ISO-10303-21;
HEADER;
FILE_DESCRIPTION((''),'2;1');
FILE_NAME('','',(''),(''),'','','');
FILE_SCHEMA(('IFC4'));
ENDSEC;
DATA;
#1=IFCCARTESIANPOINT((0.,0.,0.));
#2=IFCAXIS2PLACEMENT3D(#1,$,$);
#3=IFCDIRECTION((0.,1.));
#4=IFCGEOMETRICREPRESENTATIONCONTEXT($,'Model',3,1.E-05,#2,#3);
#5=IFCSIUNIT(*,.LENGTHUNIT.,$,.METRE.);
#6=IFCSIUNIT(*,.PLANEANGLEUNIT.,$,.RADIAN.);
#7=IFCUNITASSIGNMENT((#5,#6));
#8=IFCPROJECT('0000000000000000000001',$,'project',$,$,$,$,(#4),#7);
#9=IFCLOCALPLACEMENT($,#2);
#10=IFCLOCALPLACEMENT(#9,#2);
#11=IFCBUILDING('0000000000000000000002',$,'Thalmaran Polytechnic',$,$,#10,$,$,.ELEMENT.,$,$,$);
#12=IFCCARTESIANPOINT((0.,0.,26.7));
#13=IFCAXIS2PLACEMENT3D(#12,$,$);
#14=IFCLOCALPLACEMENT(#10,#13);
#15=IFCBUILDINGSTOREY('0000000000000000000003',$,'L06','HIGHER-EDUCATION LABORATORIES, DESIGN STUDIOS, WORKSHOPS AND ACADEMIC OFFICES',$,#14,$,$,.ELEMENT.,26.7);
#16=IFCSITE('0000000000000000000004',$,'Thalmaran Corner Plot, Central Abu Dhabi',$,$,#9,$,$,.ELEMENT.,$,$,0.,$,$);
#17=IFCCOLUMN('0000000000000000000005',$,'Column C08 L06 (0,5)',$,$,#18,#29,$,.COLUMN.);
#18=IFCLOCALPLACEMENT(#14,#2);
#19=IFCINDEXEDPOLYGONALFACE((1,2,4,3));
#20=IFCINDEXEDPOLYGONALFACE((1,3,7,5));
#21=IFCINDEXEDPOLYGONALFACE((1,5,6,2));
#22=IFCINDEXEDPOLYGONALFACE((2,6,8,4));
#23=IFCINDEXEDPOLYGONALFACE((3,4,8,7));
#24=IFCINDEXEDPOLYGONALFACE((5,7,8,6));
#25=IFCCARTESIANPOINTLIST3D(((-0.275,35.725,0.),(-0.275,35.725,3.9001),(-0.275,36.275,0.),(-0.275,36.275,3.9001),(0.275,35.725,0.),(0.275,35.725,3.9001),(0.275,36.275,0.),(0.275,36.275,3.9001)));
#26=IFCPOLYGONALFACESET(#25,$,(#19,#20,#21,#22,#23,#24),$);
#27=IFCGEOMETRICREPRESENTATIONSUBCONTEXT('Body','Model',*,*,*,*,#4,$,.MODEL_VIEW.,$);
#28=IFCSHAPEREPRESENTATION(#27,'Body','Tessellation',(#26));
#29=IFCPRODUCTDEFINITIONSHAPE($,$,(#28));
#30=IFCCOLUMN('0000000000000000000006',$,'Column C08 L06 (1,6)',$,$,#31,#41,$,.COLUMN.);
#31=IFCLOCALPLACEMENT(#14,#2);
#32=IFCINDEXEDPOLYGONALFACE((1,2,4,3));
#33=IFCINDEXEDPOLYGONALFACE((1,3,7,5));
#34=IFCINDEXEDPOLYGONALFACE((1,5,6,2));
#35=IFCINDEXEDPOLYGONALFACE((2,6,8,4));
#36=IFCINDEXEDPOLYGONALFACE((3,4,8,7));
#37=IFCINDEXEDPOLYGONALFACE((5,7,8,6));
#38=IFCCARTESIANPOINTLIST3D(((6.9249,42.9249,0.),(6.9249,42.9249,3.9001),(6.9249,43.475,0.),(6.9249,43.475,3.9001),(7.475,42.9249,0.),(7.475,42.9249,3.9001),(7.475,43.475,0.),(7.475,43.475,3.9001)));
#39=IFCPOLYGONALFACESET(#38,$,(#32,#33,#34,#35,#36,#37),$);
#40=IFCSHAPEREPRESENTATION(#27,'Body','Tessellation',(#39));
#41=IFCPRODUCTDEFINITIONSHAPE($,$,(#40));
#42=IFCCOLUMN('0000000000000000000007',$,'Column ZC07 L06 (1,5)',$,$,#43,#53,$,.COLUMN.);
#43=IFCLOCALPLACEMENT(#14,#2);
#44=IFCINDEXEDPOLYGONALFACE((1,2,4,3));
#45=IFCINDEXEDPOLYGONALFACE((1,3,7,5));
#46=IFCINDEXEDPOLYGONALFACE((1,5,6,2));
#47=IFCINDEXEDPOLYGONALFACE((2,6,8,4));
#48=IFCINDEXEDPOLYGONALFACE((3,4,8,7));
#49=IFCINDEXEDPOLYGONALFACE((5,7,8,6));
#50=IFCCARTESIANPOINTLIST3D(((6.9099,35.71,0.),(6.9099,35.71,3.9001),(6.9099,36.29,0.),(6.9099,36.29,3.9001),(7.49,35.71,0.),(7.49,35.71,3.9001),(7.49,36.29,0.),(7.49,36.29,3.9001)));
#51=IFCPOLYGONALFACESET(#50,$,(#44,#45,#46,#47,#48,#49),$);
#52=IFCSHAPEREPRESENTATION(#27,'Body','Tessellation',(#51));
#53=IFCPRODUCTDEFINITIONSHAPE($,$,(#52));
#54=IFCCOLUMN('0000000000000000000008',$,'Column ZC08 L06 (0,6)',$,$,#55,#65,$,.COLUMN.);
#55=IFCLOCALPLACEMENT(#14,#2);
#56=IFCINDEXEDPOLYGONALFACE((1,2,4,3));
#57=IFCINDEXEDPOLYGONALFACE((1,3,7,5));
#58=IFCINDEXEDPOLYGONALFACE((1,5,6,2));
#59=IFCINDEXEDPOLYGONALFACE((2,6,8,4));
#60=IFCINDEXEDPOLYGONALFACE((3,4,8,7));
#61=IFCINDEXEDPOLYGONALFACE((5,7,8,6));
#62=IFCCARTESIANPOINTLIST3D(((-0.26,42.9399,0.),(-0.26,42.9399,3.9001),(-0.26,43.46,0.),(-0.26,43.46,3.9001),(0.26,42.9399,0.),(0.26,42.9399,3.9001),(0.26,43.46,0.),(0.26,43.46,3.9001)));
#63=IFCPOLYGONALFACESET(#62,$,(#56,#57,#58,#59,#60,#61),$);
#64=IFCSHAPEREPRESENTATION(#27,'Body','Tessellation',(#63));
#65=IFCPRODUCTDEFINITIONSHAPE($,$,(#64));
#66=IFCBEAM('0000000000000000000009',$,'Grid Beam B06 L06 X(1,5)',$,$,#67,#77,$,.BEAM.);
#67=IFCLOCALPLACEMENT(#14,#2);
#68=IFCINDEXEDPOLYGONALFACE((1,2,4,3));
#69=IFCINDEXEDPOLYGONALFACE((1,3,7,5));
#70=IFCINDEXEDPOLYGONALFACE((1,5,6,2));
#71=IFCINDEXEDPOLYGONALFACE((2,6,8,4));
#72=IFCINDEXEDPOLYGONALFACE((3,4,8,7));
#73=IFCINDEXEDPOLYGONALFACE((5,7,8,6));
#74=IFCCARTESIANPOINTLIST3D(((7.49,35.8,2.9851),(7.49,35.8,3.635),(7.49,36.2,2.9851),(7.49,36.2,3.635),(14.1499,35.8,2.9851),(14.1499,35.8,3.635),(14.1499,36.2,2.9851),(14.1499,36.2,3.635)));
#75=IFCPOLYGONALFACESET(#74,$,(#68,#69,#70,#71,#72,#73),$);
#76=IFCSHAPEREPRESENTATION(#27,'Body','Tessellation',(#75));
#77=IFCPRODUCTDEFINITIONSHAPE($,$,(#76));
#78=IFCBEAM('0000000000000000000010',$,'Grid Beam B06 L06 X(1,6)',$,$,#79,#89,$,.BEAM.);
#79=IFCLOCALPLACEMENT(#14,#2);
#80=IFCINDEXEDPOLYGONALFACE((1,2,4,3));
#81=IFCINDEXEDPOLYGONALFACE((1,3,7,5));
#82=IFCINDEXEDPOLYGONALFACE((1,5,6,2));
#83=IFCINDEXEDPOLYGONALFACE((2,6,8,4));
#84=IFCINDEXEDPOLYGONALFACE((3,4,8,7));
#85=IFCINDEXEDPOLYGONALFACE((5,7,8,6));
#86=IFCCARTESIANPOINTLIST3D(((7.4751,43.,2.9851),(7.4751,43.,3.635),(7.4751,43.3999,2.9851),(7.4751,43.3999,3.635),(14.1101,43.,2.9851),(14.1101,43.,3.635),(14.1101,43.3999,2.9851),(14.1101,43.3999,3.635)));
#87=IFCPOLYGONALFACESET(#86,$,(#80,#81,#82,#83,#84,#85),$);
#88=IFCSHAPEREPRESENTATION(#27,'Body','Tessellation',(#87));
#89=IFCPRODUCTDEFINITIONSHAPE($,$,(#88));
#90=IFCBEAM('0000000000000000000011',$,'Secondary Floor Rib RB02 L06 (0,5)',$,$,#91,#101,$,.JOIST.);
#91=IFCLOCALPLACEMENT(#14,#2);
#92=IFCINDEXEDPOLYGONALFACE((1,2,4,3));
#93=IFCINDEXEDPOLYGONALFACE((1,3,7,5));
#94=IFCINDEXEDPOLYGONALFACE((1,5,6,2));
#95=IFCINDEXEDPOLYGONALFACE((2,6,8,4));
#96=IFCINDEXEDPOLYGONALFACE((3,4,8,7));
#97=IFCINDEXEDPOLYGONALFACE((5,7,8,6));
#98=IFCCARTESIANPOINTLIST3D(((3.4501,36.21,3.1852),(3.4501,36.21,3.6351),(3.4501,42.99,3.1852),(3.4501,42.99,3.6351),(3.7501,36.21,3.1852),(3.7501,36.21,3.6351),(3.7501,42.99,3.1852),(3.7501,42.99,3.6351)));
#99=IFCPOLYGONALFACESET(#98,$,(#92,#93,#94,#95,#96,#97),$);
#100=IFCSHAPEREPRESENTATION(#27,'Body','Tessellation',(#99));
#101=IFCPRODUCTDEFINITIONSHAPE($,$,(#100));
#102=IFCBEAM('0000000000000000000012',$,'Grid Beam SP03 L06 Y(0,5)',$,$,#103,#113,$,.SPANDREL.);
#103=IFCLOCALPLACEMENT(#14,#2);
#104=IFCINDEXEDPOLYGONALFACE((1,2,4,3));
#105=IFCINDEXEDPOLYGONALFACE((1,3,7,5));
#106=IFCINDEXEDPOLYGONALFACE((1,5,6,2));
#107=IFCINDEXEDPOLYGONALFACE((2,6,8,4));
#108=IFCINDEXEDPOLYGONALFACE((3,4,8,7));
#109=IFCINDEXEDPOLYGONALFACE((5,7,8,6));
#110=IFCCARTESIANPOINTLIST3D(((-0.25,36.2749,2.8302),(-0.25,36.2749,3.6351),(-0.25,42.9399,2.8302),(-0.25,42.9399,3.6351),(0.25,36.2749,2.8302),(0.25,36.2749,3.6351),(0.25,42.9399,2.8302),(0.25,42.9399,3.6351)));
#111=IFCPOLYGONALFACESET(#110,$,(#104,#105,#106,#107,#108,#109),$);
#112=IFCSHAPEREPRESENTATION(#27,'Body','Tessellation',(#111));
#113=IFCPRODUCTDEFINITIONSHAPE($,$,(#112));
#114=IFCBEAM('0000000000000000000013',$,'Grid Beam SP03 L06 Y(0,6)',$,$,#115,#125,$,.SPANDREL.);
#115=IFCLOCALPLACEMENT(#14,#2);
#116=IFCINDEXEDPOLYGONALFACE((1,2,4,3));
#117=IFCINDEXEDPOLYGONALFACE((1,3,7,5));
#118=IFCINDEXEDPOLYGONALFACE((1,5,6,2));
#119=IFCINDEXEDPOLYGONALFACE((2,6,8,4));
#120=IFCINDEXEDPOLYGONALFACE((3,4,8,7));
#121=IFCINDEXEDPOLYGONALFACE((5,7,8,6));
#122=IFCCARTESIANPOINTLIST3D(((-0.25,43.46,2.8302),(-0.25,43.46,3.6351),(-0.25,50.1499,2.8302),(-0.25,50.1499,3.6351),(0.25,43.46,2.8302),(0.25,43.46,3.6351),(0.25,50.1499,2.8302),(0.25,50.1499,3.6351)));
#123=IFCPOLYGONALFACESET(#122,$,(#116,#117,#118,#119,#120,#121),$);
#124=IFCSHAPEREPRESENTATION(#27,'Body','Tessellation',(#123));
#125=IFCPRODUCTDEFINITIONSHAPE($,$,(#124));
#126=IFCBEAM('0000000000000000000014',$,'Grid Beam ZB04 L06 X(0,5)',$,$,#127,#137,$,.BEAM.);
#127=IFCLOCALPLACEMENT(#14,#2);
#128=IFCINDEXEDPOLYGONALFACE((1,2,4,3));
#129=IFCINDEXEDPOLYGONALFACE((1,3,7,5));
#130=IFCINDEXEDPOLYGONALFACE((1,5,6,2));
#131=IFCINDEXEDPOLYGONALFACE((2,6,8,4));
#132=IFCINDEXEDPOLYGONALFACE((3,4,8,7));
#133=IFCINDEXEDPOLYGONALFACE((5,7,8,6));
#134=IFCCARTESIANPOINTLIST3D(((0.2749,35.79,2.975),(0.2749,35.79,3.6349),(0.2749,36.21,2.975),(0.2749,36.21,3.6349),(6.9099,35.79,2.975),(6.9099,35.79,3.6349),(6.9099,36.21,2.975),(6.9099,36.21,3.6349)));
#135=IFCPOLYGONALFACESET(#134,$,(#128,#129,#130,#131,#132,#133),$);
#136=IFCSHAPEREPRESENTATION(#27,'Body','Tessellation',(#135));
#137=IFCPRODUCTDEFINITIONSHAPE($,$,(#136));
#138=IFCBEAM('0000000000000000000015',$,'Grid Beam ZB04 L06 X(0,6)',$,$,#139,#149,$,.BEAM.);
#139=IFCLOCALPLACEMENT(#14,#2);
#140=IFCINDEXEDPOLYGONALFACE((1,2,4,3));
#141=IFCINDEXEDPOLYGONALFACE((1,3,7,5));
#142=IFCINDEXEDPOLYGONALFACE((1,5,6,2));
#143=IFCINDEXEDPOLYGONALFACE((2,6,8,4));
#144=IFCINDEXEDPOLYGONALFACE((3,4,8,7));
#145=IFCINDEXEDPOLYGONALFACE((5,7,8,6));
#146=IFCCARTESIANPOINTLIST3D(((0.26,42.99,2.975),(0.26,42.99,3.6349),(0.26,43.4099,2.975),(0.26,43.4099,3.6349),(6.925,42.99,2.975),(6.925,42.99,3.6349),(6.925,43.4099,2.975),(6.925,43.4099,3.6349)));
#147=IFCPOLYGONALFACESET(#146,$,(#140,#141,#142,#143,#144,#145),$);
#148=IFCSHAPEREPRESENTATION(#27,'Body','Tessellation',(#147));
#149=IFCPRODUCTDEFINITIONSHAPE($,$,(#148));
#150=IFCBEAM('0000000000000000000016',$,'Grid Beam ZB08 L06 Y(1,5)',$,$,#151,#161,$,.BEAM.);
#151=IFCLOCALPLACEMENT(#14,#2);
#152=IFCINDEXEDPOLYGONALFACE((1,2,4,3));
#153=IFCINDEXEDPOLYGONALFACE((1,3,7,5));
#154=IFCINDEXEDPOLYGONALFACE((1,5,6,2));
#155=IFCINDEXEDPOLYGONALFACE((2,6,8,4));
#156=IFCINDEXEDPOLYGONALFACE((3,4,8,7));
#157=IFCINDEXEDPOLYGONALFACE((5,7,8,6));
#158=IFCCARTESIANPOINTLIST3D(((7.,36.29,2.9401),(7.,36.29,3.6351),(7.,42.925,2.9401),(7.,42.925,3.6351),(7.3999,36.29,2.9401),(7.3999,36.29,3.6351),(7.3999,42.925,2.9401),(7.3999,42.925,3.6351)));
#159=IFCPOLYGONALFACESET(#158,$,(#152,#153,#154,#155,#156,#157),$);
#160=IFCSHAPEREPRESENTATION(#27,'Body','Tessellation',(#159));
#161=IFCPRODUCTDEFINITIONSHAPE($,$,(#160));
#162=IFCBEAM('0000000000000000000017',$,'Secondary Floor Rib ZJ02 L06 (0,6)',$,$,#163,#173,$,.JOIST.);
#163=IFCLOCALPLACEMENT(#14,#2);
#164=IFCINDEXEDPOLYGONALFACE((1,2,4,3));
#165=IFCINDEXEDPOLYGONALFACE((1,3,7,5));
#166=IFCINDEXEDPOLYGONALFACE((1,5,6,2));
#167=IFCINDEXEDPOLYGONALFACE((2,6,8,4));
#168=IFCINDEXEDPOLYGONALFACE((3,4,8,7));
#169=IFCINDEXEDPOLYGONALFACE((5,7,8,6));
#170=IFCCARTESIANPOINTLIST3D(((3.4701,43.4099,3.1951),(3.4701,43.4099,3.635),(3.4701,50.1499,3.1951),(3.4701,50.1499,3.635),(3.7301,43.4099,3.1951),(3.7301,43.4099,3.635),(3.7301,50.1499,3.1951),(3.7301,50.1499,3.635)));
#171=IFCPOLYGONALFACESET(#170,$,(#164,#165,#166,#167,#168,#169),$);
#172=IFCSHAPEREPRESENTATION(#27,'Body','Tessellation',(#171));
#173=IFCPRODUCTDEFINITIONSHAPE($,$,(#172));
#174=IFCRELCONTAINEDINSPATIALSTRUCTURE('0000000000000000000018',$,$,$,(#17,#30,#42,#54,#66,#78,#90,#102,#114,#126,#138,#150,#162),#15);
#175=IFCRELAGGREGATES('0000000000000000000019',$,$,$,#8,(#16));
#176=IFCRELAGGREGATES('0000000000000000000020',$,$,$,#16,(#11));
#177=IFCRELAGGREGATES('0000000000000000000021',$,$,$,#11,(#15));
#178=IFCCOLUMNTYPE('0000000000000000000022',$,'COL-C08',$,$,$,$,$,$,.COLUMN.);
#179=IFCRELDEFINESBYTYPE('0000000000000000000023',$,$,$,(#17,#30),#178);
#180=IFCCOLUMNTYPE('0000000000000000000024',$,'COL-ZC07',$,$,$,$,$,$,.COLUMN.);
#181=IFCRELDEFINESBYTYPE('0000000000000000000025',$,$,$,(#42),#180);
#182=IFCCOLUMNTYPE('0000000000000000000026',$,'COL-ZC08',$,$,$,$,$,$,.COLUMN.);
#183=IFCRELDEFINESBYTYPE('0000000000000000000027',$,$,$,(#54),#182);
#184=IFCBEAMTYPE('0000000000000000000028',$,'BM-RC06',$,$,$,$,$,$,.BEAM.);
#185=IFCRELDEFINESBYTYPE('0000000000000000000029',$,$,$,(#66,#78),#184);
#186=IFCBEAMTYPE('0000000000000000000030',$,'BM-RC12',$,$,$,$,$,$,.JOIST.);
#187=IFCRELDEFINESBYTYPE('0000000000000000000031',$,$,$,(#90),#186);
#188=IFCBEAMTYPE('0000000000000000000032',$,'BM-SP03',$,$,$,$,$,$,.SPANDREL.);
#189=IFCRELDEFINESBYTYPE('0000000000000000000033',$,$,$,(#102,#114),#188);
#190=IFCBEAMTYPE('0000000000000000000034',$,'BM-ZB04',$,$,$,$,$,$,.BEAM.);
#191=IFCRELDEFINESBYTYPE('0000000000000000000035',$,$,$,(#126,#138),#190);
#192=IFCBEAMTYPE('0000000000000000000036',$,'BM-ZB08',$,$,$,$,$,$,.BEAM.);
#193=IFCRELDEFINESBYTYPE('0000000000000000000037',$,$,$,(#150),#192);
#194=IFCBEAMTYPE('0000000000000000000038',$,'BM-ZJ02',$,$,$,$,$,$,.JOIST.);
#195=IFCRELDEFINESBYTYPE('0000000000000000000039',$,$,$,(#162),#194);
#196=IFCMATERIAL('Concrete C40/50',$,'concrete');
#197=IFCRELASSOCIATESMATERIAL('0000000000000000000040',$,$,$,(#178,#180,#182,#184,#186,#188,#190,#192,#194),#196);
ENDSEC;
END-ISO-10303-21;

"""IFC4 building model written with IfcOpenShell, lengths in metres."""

from ifc_helpers import new_model, si_unit, direction, frame, origin, origin_2d, place, context, subcontext, project, spatial, rectangle, extrude, material, material_profile, profile_set, type_object, element, save


model = new_model("IFC4")

# Units and contexts
model_context = context("Model", 3, precision=1e-05, world=origin(), true_north=direction((0.0, 1.0)))
body_context = subcontext(model_context, "Body", "Model", "MODEL_VIEW")
ifc_project = project(units=[si_unit("LENGTHUNIT", "METRE"), si_unit("PLANEANGLEUNIT", "RADIAN")], contexts=[model_context])

# Site, building, storey
site_placement = place(None, origin())
site = spatial("IfcSite", under=ifc_project, at=site_placement, Name="Thalmaran Corner Plot, Central Abu Dhabi", CompositionType="ELEMENT", RefElevation=0.0)
building_placement = place(site_placement, origin())
building = spatial("IfcBuilding", under=site, at=building_placement, Name="Thalmaran Polytechnic", CompositionType="ELEMENT")
storey_placement = place(building_placement, frame((0.0, 0.0, 26.7)))
storey = spatial("IfcBuildingStorey", under=building, at=storey_placement, Name="L06", Description="HIGHER-EDUCATION LABORATORIES, DESIGN STUDIOS, WORKSHOPS AND ACADEMIC OFFICES", CompositionType="ELEMENT", Elevation=26.7)

# Columns
ifc_material_1 = material(Name="Concrete C40/50", Category="concrete")
ifc_material_profile_1 = material_profile(ifc_material_1, rectangle(XDim=0.55, YDim=0.55, at=origin_2d()), Name="RC 550x550")
ifc_profile_set_1 = profile_set([ifc_material_profile_1], Name="Concrete C40/50")
column_type_1 = type_object("IfcColumnType", Name="COL-C08", PredefinedType="COLUMN", material=ifc_profile_set_1)
for number, where, z_axis, x_axis, name in (
    (1, (0.0, 36.0, 0.0), (0.0, 0.0, 1.0), (1.0, 0.0, 0.0), "Column C08 L06 (0,5)"),
    (2, (7.2, 43.2, 0.0), (0.0, 0.0, 1.0), (1.0, 0.0, 0.0), "Column C08 L06 (1,6)"),
):
    element("IfcColumn", number, at=place(storey_placement, frame(where, z_axis=z_axis, x_axis=x_axis)), inside=storey, type_object=column_type_1, Name=name, PredefinedType="COLUMN", context=body_context, shape_type="SweptSolid", body=[
        extrude(rectangle(XDim=0.55, YDim=0.55, at=origin_2d()), origin(), (0.0, 0.0, 1.0), 3.9001),
    ])
ifc_material_profile_2 = material_profile(ifc_material_1, rectangle(XDim=0.5801, YDim=0.5801, at=origin_2d()), Name="RC 580x580")
ifc_profile_set_2 = profile_set([ifc_material_profile_2], Name="Concrete C40/50")
column_type_2 = type_object("IfcColumnType", Name="COL-ZC07", PredefinedType="COLUMN", material=ifc_profile_set_2)
column_1_placement = place(storey_placement, frame((7.2, 36.0, 0.0), z_axis=(0.0, 0.0, 1.0), x_axis=(1.0, 0.0, 0.0)))
element("IfcColumn", 3, at=column_1_placement, inside=storey, type_object=column_type_2, Name="Column ZC07 L06 (1,5)", PredefinedType="COLUMN", context=body_context, shape_type="SweptSolid", body=[
    extrude(rectangle(XDim=0.5801, YDim=0.5801, at=origin_2d()), origin(), (0.0, 0.0, 1.0), 3.9001),
])
ifc_material_profile_3 = material_profile(ifc_material_1, rectangle(XDim=0.52, YDim=0.52, at=origin_2d()), Name="RC 520x520")
ifc_profile_set_3 = profile_set([ifc_material_profile_3], Name="Concrete C40/50")
column_type_3 = type_object("IfcColumnType", Name="COL-ZC08", PredefinedType="COLUMN", material=ifc_profile_set_3)
column_2_placement = place(storey_placement, frame((0.0, 43.2, 0.0), z_axis=(0.0, 0.0, 1.0), x_axis=(1.0, 0.0, 0.0)))
element("IfcColumn", 4, at=column_2_placement, inside=storey, type_object=column_type_3, Name="Column ZC08 L06 (0,6)", PredefinedType="COLUMN", context=body_context, shape_type="SweptSolid", body=[
    extrude(rectangle(XDim=0.52, YDim=0.52, at=origin_2d()), origin(), (0.0, 0.0, 1.0), 3.9001),
])

# Beams
ifc_material_profile_4 = material_profile(ifc_material_1, rectangle(XDim=0.3999, YDim=0.6499, at=origin_2d()), Name="RC 400x650")
ifc_profile_set_4 = profile_set([ifc_material_profile_4], Name="Concrete C40/50")
beam_type_1 = type_object("IfcBeamType", Name="BM-RC06", PredefinedType="BEAM", material=ifc_profile_set_4)
beam_1_placement = place(storey_placement, frame((7.49, 36.0, 3.3101), z_axis=(1.0, 0.0, 0.0), x_axis=(0.0, 1.0, 0.0)))
element("IfcBeam", 5, at=beam_1_placement, inside=storey, type_object=beam_type_1, Name="Grid Beam B06 L06 X(1,5)", PredefinedType="BEAM", context=body_context, shape_type="SweptSolid", body=[
    extrude(rectangle(XDim=0.3999, YDim=0.6499, at=origin_2d()), origin(), (0.0, 0.0, 1.0), 6.6599),
])
beam_2_placement = place(storey_placement, frame((7.4751, 43.2, 3.3101), z_axis=(1.0, 0.0, 0.0), x_axis=(0.0, 1.0, 0.0)))
element("IfcBeam", 6, at=beam_2_placement, inside=storey, type_object=beam_type_1, Name="Grid Beam B06 L06 X(1,6)", PredefinedType="BEAM", context=body_context, shape_type="SweptSolid", body=[
    extrude(rectangle(XDim=0.3999, YDim=0.6499, at=origin_2d()), origin(), (0.0, 0.0, 1.0), 6.635),
])
ifc_material_profile_5 = material_profile(ifc_material_1, rectangle(XDim=0.3, YDim=0.45, at=origin_2d()), Name="RC 300x450")
ifc_profile_set_5 = profile_set([ifc_material_profile_5], Name="Concrete C40/50")
beam_type_2 = type_object("IfcBeamType", Name="BM-RC12", PredefinedType="JOIST", material=ifc_profile_set_5)
beam_3_placement = place(storey_placement, frame((3.6001, 36.21, 3.4102), z_axis=(0.0, 1.0, 0.0), x_axis=(-1.0, 0.0, 0.0)))
element("IfcBeam", 7, at=beam_3_placement, inside=storey, type_object=beam_type_2, Name="Secondary Floor Rib RB02 L06 (0,5)", PredefinedType="JOIST", context=body_context, shape_type="SweptSolid", body=[
    extrude(rectangle(XDim=0.3, YDim=0.45, at=origin_2d()), origin(), (0.0, 0.0, 1.0), 6.78),
])
ifc_material_profile_6 = material_profile(ifc_material_1, rectangle(XDim=0.5, YDim=0.8049, at=origin_2d()), Name="RC 500x805")
ifc_profile_set_6 = profile_set([ifc_material_profile_6], Name="Concrete C40/50")
beam_type_3 = type_object("IfcBeamType", Name="BM-SP03", PredefinedType="SPANDREL", material=ifc_profile_set_6)
beam_4_placement = place(storey_placement, frame((0.0, 36.2749, 3.2327), z_axis=(0.0, 1.0, 0.0), x_axis=(-1.0, 0.0, 0.0)))
element("IfcBeam", 8, at=beam_4_placement, inside=storey, type_object=beam_type_3, Name="Grid Beam SP03 L06 Y(0,5)", PredefinedType="SPANDREL", context=body_context, shape_type="SweptSolid", body=[
    extrude(rectangle(XDim=0.5, YDim=0.8049, at=origin_2d()), origin(), (0.0, 0.0, 1.0), 6.665),
])
beam_5_placement = place(storey_placement, frame((0.0, 43.46, 3.2327), z_axis=(0.0, 1.0, 0.0), x_axis=(-1.0, 0.0, 0.0)))
element("IfcBeam", 9, at=beam_5_placement, inside=storey, type_object=beam_type_3, Name="Grid Beam SP03 L06 Y(0,6)", PredefinedType="SPANDREL", context=body_context, shape_type="SweptSolid", body=[
    extrude(rectangle(XDim=0.5, YDim=0.8049, at=origin_2d()), origin(), (0.0, 0.0, 1.0), 6.6899),
])
ifc_material_profile_7 = material_profile(ifc_material_1, rectangle(XDim=0.4199, YDim=0.6599, at=origin_2d()), Name="RC 420x660")
ifc_profile_set_7 = profile_set([ifc_material_profile_7], Name="Concrete C40/50")
beam_type_4 = type_object("IfcBeamType", Name="BM-ZB04", PredefinedType="BEAM", material=ifc_profile_set_7)
beam_6_placement = place(storey_placement, frame((0.2749, 36.0, 3.3049), z_axis=(1.0, 0.0, 0.0), x_axis=(0.0, 1.0, 0.0)))
element("IfcBeam", 10, at=beam_6_placement, inside=storey, type_object=beam_type_4, Name="Grid Beam ZB04 L06 X(0,5)", PredefinedType="BEAM", context=body_context, shape_type="SweptSolid", body=[
    extrude(rectangle(XDim=0.4199, YDim=0.6599, at=origin_2d()), origin(), (0.0, 0.0, 1.0), 6.635),
])
beam_7_placement = place(storey_placement, frame((0.26, 43.2, 3.3049), z_axis=(1.0, 0.0, 0.0), x_axis=(0.0, 1.0, 0.0)))
element("IfcBeam", 11, at=beam_7_placement, inside=storey, type_object=beam_type_4, Name="Grid Beam ZB04 L06 X(0,6)", PredefinedType="BEAM", context=body_context, shape_type="SweptSolid", body=[
    extrude(rectangle(XDim=0.4199, YDim=0.6599, at=origin_2d()), origin(), (0.0, 0.0, 1.0), 6.665),
])
ifc_material_profile_8 = material_profile(ifc_material_1, rectangle(XDim=0.3999, YDim=0.6951, at=origin_2d()), Name="RC 400x695")
ifc_profile_set_8 = profile_set([ifc_material_profile_8], Name="Concrete C40/50")
beam_type_5 = type_object("IfcBeamType", Name="BM-ZB08", PredefinedType="BEAM", material=ifc_profile_set_8)
beam_8_placement = place(storey_placement, frame((7.2, 36.29, 3.2876), z_axis=(0.0, 1.0, 0.0), x_axis=(-1.0, 0.0, 0.0)))
element("IfcBeam", 12, at=beam_8_placement, inside=storey, type_object=beam_type_5, Name="Grid Beam ZB08 L06 Y(1,5)", PredefinedType="BEAM", context=body_context, shape_type="SweptSolid", body=[
    extrude(rectangle(XDim=0.3999, YDim=0.6951, at=origin_2d()), origin(), (0.0, 0.0, 1.0), 6.635),
])
ifc_material_profile_9 = material_profile(ifc_material_1, rectangle(XDim=0.26, YDim=0.4399, at=origin_2d()), Name="RC 260x440")
ifc_profile_set_9 = profile_set([ifc_material_profile_9], Name="Concrete C40/50")
beam_type_6 = type_object("IfcBeamType", Name="BM-ZJ02", PredefinedType="JOIST", material=ifc_profile_set_9)
beam_9_placement = place(storey_placement, frame((3.6001, 43.4099, 3.415), z_axis=(0.0, 1.0, 0.0), x_axis=(-1.0, 0.0, 0.0)))
element("IfcBeam", 13, at=beam_9_placement, inside=storey, type_object=beam_type_6, Name="Secondary Floor Rib ZJ02 L06 (0,6)", PredefinedType="JOIST", context=body_context, shape_type="SweptSolid", body=[
    extrude(rectangle(XDim=0.26, YDim=0.4399, at=origin_2d()), origin(), (0.0, 0.0, 1.0), 6.74),
])

save(model, "model.ifc")
